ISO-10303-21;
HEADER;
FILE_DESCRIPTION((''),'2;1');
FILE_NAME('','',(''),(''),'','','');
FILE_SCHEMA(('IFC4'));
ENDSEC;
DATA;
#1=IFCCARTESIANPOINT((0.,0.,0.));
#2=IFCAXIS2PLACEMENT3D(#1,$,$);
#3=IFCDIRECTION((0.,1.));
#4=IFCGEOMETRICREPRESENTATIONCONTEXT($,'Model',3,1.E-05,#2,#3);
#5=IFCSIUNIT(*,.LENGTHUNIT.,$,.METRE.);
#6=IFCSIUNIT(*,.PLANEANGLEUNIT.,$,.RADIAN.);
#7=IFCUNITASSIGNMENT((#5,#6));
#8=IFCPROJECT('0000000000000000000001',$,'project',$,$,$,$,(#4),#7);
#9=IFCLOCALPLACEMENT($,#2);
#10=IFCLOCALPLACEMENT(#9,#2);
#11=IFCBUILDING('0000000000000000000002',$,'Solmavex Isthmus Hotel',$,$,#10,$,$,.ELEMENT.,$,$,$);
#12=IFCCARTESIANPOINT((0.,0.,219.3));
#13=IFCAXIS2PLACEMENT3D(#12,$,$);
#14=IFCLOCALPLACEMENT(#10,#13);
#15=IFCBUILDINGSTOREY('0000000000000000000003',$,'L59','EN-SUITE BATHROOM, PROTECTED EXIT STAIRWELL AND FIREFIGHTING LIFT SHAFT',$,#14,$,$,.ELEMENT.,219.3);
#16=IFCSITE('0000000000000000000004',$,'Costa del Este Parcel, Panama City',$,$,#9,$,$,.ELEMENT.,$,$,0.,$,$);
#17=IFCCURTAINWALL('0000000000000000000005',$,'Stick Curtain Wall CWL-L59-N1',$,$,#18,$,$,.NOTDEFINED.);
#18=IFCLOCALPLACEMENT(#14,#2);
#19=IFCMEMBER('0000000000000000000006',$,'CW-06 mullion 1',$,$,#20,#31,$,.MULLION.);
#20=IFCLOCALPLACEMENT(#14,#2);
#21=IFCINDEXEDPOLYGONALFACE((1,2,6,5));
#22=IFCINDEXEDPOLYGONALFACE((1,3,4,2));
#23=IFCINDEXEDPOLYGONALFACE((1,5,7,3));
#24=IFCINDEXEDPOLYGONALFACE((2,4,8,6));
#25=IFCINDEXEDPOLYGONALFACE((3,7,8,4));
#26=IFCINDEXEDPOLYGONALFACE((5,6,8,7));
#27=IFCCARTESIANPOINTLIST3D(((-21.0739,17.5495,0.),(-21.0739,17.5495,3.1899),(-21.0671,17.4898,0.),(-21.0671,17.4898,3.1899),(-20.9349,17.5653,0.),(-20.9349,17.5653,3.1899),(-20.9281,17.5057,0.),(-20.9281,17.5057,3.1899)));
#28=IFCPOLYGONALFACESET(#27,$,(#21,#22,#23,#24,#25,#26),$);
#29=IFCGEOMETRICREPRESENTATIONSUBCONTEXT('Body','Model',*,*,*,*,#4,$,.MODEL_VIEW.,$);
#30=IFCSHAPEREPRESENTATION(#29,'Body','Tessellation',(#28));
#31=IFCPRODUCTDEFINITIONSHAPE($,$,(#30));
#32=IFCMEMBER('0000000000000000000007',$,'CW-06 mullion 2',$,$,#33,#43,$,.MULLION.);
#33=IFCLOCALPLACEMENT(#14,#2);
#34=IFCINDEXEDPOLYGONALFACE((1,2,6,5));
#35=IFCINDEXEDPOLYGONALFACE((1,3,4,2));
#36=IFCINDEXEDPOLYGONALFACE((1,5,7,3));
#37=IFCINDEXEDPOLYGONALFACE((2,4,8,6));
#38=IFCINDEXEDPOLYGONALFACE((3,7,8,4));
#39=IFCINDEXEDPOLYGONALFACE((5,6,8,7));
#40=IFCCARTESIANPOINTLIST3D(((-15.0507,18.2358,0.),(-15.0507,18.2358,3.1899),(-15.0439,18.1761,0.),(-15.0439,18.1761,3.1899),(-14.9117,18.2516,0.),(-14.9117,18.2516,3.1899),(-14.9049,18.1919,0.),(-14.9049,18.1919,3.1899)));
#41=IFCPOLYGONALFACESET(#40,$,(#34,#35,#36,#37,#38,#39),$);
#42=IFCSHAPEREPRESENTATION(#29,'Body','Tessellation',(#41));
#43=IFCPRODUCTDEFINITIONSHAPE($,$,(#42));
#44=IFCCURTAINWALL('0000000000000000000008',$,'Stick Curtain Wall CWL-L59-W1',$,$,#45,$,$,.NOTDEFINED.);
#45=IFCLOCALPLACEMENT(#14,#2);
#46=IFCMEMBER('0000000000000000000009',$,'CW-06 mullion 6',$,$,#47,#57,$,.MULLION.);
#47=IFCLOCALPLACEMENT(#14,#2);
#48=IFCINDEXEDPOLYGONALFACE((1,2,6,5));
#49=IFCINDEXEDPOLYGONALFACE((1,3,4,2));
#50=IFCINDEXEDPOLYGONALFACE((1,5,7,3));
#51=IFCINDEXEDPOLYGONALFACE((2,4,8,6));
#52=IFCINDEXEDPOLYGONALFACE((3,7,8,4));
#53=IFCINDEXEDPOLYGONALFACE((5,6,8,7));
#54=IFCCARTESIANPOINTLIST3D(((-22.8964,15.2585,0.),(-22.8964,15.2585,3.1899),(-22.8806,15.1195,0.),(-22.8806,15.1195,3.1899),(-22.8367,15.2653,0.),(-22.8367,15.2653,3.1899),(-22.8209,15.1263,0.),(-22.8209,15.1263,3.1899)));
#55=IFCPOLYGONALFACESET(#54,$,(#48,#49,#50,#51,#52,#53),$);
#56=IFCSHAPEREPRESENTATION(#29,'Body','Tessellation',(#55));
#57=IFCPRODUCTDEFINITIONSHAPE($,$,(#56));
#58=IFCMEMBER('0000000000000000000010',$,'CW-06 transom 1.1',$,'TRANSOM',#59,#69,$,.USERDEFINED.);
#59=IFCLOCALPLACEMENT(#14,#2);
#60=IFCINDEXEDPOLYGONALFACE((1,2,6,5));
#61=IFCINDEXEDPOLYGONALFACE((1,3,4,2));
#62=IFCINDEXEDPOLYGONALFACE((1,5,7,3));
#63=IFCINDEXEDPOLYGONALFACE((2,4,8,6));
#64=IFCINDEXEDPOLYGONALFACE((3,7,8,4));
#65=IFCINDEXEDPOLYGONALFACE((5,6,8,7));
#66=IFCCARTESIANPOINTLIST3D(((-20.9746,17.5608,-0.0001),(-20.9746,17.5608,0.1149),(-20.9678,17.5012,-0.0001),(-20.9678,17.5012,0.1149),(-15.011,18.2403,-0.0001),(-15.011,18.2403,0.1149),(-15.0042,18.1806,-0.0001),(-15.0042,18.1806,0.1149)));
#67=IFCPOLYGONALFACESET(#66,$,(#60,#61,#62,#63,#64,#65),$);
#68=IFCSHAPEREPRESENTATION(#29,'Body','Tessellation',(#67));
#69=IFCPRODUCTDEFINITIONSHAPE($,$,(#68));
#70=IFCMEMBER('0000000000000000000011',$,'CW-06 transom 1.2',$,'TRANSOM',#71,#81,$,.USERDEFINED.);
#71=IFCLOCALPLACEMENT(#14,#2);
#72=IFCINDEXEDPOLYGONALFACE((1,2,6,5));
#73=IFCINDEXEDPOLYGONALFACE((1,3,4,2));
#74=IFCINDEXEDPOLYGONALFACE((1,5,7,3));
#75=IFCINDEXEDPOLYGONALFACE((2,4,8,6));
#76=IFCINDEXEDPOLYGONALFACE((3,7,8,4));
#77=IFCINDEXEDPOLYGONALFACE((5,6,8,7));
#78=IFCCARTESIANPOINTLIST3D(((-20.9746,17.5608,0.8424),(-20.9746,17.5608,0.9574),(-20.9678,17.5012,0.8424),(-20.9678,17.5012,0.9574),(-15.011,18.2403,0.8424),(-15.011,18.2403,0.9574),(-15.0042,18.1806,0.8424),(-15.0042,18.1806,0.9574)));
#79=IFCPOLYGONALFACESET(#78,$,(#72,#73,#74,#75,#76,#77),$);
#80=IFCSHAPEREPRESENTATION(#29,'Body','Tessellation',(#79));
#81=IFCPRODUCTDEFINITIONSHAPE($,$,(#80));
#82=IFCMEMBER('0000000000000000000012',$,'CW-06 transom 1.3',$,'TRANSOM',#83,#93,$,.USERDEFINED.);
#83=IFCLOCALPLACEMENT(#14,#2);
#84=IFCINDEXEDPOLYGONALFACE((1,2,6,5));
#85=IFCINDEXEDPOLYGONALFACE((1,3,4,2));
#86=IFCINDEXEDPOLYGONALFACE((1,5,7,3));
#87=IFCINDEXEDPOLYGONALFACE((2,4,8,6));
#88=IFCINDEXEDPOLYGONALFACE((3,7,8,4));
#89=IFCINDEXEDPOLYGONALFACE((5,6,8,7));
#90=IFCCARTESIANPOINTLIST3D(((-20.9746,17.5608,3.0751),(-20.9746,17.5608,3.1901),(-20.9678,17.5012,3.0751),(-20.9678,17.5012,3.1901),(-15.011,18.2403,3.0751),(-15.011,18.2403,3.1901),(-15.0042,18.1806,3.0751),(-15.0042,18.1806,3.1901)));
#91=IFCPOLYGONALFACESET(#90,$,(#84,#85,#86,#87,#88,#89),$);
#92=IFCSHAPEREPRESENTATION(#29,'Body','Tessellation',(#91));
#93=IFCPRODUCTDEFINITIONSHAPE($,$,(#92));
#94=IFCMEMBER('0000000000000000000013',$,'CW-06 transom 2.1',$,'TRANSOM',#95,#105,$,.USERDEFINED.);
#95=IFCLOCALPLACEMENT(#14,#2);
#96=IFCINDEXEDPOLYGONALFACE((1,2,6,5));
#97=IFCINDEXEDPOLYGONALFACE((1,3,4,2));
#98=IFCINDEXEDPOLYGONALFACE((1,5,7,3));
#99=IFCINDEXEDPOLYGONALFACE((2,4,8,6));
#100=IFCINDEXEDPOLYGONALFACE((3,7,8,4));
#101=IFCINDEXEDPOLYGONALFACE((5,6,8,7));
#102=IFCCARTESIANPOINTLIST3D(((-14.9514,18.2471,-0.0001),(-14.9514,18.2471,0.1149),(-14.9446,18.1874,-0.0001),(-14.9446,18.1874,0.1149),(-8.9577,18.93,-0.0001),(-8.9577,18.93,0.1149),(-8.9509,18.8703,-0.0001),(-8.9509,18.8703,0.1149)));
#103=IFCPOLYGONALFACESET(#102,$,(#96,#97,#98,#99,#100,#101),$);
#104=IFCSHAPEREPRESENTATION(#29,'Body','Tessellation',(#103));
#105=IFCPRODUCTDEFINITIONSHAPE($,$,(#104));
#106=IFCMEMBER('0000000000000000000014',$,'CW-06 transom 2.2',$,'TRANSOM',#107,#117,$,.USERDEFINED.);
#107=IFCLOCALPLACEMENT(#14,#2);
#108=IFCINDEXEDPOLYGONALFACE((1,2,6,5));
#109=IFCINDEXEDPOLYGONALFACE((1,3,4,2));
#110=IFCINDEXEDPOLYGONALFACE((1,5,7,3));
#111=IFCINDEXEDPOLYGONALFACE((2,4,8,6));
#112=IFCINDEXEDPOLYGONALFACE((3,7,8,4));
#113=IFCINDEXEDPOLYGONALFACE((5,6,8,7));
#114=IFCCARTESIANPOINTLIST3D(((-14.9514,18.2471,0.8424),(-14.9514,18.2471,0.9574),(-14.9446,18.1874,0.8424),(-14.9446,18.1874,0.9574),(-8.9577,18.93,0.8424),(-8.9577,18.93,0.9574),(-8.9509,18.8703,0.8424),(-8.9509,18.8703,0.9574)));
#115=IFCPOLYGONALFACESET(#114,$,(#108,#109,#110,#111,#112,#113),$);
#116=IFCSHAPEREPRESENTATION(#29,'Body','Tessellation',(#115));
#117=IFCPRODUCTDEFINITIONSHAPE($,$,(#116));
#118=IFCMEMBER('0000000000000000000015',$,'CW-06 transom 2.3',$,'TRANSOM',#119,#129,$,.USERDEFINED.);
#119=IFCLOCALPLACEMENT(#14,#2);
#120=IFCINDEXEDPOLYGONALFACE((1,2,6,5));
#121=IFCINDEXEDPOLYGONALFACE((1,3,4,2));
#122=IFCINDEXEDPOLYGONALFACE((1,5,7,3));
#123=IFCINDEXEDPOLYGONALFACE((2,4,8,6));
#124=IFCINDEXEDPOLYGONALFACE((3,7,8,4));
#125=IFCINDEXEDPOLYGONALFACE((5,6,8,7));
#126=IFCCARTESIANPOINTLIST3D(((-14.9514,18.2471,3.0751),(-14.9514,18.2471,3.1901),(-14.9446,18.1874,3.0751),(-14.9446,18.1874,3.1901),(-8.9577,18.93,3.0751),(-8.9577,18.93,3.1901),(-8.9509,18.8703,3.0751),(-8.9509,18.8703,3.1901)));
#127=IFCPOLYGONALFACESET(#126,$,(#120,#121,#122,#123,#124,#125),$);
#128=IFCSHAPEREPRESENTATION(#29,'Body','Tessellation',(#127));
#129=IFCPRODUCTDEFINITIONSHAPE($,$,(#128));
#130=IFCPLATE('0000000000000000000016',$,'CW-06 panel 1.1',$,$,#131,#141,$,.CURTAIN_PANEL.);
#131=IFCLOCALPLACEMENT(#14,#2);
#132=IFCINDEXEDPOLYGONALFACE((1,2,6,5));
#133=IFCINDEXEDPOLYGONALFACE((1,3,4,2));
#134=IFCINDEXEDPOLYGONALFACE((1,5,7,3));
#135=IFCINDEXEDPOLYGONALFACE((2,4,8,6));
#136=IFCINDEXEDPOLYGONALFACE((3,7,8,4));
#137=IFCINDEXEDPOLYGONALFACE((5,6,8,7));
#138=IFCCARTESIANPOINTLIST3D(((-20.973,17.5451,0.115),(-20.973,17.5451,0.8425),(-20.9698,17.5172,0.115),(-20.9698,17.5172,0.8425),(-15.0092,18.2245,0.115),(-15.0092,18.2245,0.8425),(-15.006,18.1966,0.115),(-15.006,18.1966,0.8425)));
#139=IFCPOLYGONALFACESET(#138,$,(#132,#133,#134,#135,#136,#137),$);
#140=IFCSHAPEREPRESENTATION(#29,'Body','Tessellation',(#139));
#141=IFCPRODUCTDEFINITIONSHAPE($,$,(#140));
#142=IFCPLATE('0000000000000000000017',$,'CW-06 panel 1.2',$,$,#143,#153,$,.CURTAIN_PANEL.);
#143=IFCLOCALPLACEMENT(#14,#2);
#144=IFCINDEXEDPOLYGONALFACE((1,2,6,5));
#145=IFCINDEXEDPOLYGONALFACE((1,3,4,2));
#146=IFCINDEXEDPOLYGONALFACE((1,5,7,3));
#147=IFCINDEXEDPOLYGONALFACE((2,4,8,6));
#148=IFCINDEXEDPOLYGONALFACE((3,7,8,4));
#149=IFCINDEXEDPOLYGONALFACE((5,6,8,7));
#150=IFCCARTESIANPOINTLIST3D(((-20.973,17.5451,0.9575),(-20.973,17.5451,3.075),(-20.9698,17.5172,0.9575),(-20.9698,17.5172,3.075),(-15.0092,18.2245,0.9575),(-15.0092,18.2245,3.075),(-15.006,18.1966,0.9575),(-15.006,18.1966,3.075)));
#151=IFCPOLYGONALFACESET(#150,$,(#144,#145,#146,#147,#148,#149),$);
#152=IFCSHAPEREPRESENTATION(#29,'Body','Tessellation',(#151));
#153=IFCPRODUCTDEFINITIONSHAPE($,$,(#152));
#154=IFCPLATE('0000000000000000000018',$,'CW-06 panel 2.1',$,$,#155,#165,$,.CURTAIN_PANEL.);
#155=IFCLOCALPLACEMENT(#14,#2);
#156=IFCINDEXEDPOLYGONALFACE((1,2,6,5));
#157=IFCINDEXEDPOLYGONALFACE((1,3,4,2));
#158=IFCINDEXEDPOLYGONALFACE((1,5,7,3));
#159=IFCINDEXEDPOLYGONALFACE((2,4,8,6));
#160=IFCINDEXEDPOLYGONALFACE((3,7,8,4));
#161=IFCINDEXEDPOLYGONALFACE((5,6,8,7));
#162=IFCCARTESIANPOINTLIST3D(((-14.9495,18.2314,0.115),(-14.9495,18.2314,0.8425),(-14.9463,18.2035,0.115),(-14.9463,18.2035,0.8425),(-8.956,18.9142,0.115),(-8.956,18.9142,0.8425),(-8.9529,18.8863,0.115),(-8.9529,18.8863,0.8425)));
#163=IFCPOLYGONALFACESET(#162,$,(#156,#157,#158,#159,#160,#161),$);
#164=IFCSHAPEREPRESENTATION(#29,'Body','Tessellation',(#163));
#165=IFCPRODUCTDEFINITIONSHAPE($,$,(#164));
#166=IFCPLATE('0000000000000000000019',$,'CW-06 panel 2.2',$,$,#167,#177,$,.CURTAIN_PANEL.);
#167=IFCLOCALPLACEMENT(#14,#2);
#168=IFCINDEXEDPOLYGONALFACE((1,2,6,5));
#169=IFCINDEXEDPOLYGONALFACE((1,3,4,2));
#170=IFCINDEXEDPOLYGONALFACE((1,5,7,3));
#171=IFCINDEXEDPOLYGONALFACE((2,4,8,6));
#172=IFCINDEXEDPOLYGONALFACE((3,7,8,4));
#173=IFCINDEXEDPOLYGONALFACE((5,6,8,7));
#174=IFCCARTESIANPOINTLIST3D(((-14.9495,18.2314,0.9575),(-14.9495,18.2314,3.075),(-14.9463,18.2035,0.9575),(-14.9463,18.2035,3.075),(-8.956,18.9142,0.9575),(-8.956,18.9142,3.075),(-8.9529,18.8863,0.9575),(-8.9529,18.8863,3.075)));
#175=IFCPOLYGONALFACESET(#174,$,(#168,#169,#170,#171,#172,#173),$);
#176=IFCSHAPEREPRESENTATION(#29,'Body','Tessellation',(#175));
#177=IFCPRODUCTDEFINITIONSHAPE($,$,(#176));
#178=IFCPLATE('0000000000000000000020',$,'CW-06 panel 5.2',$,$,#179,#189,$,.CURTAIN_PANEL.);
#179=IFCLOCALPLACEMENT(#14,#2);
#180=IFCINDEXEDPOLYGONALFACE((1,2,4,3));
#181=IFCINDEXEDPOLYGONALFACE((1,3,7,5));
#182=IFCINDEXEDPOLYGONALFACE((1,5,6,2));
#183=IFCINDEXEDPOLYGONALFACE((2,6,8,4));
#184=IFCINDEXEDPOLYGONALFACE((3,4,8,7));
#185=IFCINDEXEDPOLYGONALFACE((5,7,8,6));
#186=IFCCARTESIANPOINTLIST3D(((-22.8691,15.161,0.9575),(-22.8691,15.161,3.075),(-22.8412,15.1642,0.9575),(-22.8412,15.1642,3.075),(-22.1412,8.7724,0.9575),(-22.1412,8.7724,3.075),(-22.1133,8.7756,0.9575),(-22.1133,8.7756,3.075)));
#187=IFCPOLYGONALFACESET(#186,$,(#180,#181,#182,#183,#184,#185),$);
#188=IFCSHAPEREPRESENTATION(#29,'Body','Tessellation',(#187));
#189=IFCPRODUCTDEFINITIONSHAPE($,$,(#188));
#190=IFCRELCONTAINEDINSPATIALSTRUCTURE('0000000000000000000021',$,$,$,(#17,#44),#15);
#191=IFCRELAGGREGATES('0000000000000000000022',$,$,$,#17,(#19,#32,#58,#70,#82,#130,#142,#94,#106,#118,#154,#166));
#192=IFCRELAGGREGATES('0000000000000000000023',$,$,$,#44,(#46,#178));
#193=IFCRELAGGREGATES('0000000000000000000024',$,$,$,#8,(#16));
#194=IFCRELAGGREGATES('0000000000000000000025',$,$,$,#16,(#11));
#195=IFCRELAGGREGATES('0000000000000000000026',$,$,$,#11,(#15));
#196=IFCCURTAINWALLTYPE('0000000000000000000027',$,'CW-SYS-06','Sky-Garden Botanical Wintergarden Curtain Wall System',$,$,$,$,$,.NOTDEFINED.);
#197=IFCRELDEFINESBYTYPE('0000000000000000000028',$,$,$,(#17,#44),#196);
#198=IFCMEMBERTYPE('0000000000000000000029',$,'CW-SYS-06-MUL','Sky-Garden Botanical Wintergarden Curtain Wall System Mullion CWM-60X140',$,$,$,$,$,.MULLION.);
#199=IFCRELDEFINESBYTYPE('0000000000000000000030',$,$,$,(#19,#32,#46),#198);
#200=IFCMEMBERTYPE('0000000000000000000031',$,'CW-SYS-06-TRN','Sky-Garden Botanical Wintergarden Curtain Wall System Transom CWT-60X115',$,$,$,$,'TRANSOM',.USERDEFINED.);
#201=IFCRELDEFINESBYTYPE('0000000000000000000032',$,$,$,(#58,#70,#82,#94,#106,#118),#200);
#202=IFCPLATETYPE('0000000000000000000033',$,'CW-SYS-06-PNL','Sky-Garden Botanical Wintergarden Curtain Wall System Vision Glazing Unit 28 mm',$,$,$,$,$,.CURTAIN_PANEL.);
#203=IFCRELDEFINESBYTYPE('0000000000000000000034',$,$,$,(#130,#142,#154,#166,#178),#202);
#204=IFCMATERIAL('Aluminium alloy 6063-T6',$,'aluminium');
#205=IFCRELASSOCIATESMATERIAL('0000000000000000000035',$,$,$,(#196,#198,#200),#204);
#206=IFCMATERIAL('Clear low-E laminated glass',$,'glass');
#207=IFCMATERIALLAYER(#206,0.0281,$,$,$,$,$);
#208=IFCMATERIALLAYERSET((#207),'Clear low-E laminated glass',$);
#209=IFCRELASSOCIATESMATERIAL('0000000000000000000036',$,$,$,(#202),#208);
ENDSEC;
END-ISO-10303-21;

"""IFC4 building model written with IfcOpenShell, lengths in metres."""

from ifc_helpers import new_model, si_unit, direction, frame, origin, origin_2d, place, context, subcontext, project, spatial, rectangle, extrude, material, layer, layer_set, material_profile, profile_set, type_object, element, aggregate, save


model = new_model("IFC4")

# Units and contexts
model_context = context("Model", 3, precision=1e-05, world=origin(), true_north=direction((0.0, 1.0)))
body_context = subcontext(model_context, "Body", "Model", "MODEL_VIEW")
ifc_project = project(units=[si_unit("LENGTHUNIT", "METRE"), si_unit("PLANEANGLEUNIT", "RADIAN")], contexts=[model_context])

# Site, building, storey
site_placement = place(None, origin())
site = spatial("IfcSite", under=ifc_project, at=site_placement, Name="Costa del Este Parcel, Panama City", CompositionType="ELEMENT", RefElevation=0.0)
building_placement = place(site_placement, origin())
building = spatial("IfcBuilding", under=site, at=building_placement, Name="Solmavex Isthmus Hotel", CompositionType="ELEMENT")
storey_placement = place(building_placement, frame((0.0, 0.0, 219.3)))
storey = spatial("IfcBuildingStorey", under=building, at=storey_placement, Name="L59", Description="EN-SUITE BATHROOM, PROTECTED EXIT STAIRWELL AND FIREFIGHTING LIFT SHAFT", CompositionType="ELEMENT", Elevation=219.3)

# Curtain wall, members
ifc_material_1 = material(Name="Aluminium alloy 6063-T6", Category="aluminium")
curtain_wall_type = type_object("IfcCurtainWallType", Name="CW-SYS-06", Description="Sky-Garden Botanical Wintergarden Curtain Wall System", PredefinedType="NOTDEFINED", material=ifc_material_1)
curtain_wall_1_placement = place(storey_placement, origin())
curtain_wall_1 = element("IfcCurtainWall", 1, at=curtain_wall_1_placement, inside=storey, type_object=curtain_wall_type, Name="Stick Curtain Wall CWL-L59-N1", PredefinedType="NOTDEFINED")
ifc_material_profile_1 = material_profile(ifc_material_1, rectangle(XDim=0.0601, YDim=0.1399, at=origin_2d()), Name="CWM-60X140")
ifc_profile_set_1 = profile_set([ifc_material_profile_1], Name="Aluminium alloy 6063-T6")
member_type_1 = type_object("IfcMemberType", Name="CW-SYS-06-MUL", Description="Sky-Garden Botanical Wintergarden Curtain Wall System Mullion CWM-60X140", PredefinedType="MULLION", material=ifc_profile_set_1)
member_1_placement = place(storey_placement, frame((-21.001, 17.5276, 0.0), z_axis=(0.0, 0.0, 1.0), x_axis=(-0.113203, 0.993572, 0.0)))
member_1 = element("IfcMember", 2, at=member_1_placement, type_object=member_type_1, Name="CW-06 mullion 1", PredefinedType="MULLION", context=body_context, shape_type="SweptSolid", body=[
    extrude(rectangle(XDim=0.0601, YDim=0.1399, at=origin_2d()), origin(), (0.0, 0.0, 1.0), 3.1899),
])
member_2_placement = place(storey_placement, frame((-14.9778, 18.2139, 0.0), z_axis=(0.0, 0.0, 1.0), x_axis=(-0.113203, 0.993572, 0.0)))
member_2 = element("IfcMember", 3, at=member_2_placement, type_object=member_type_1, Name="CW-06 mullion 2", PredefinedType="MULLION", context=body_context, shape_type="SweptSolid", body=[
    extrude(rectangle(XDim=0.0601, YDim=0.1399, at=origin_2d()), origin(), (0.0, 0.0, 1.0), 3.1899),
])

# Curtain wall, member
curtain_wall_2_placement = place(storey_placement, origin())
curtain_wall_2 = element("IfcCurtainWall", 4, at=curtain_wall_2_placement, inside=storey, type_object=curtain_wall_type, Name="Stick Curtain Wall CWL-L59-W1", PredefinedType="NOTDEFINED")
member_3_placement = place(storey_placement, frame((-22.8586, 15.1924, 0.0), z_axis=(0.0, 0.0, 1.0), x_axis=(-0.993572, -0.113203, 0.0)))
member_3 = element("IfcMember", 5, at=member_3_placement, type_object=member_type_1, Name="CW-06 mullion 6", PredefinedType="MULLION", context=body_context, shape_type="SweptSolid", body=[
    extrude(rectangle(XDim=0.0601, YDim=0.1399, at=origin_2d()), origin(), (0.0, 0.0, 1.0), 3.1899),
])

# Members
ifc_material_profile_2 = material_profile(ifc_material_1, rectangle(XDim=0.0601, YDim=0.115, at=origin_2d()), Name="CWT-60X115")
ifc_profile_set_2 = profile_set([ifc_material_profile_2], Name="Aluminium alloy 6063-T6")
member_type_2 = type_object("IfcMemberType", Name="CW-SYS-06-TRN", Description="Sky-Garden Botanical Wintergarden Curtain Wall System Transom CWT-60X115", ElementType="TRANSOM", PredefinedType="USERDEFINED", material=ifc_profile_set_2)
member_4_placement = place(storey_placement, frame((-20.9712, 17.531, 0.0574), z_axis=(0.993572, 0.113199, 0.0), x_axis=(-0.113199, 0.993572, 0.0)))
member_4 = element("IfcMember", 6, at=member_4_placement, type_object=member_type_2, Name="CW-06 transom 1.1", ObjectType="TRANSOM", PredefinedType="USERDEFINED", context=body_context, shape_type="SweptSolid", body=[
    extrude(rectangle(XDim=0.0601, YDim=0.115, at=origin_2d()), origin(), (0.0, 0.0, 1.0), 6.0022),
])
member_5_placement = place(storey_placement, frame((-20.9712, 17.531, 0.8999), z_axis=(0.993572, 0.113199, 0.0), x_axis=(-0.113199, 0.993572, 0.0)))
member_5 = element("IfcMember", 7, at=member_5_placement, type_object=member_type_2, Name="CW-06 transom 1.2", ObjectType="TRANSOM", PredefinedType="USERDEFINED", context=body_context, shape_type="SweptSolid", body=[
    extrude(rectangle(XDim=0.0601, YDim=0.115, at=origin_2d()), origin(), (0.0, 0.0, 1.0), 6.0022),
])
member_6_placement = place(storey_placement, frame((-20.9712, 17.531, 3.1326), z_axis=(0.993572, 0.113199, 0.0), x_axis=(-0.113199, 0.993572, 0.0)))
member_6 = element("IfcMember", 8, at=member_6_placement, type_object=member_type_2, Name="CW-06 transom 1.3", ObjectType="TRANSOM", PredefinedType="USERDEFINED", context=body_context, shape_type="SweptSolid", body=[
    extrude(rectangle(XDim=0.0601, YDim=0.115, at=origin_2d()), origin(), (0.0, 0.0, 1.0), 6.0022),
])
member_7_placement = place(storey_placement, frame((-14.948, 18.2173, 0.0574), z_axis=(0.993572, 0.113198, 0.0), x_axis=(-0.113198, 0.993572, 0.0)))
member_7 = element("IfcMember", 9, at=member_7_placement, type_object=member_type_2, Name="CW-06 transom 2.1", ObjectType="TRANSOM", PredefinedType="USERDEFINED", context=body_context, shape_type="SweptSolid", body=[
    extrude(rectangle(XDim=0.0601, YDim=0.115, at=origin_2d()), origin(), (0.0, 0.0, 1.0), 6.0325),
])
member_8_placement = place(storey_placement, frame((-14.948, 18.2173, 0.8999), z_axis=(0.993572, 0.113198, 0.0), x_axis=(-0.113198, 0.993572, 0.0)))
member_8 = element("IfcMember", 10, at=member_8_placement, type_object=member_type_2, Name="CW-06 transom 2.2", ObjectType="TRANSOM", PredefinedType="USERDEFINED", context=body_context, shape_type="SweptSolid", body=[
    extrude(rectangle(XDim=0.0601, YDim=0.115, at=origin_2d()), origin(), (0.0, 0.0, 1.0), 6.0325),
])
member_9_placement = place(storey_placement, frame((-14.948, 18.2173, 3.1326), z_axis=(0.993572, 0.113198, 0.0), x_axis=(-0.113198, 0.993572, 0.0)))
member_9 = element("IfcMember", 11, at=member_9_placement, type_object=member_type_2, Name="CW-06 transom 2.3", ObjectType="TRANSOM", PredefinedType="USERDEFINED", context=body_context, shape_type="SweptSolid", body=[
    extrude(rectangle(XDim=0.0601, YDim=0.115, at=origin_2d()), origin(), (0.0, 0.0, 1.0), 6.0325),
])

# Plates
ifc_material_2 = material(Name="Clear low-E laminated glass", Category="glass")
ifc_layer_1 = layer(ifc_material_2, 0.0281)
ifc_layer_set_1 = layer_set([ifc_layer_1], Name="Clear low-E laminated glass")
plate_type = type_object("IfcPlateType", Name="CW-SYS-06-PNL", Description="Sky-Garden Botanical Wintergarden Curtain Wall System Vision Glazing Unit 28 mm", PredefinedType="CURTAIN_PANEL", material=ifc_layer_set_1)
plate_1_placement = place(storey_placement, frame((-17.9895, 17.8708, 0.115), z_axis=(0.0, 0.0, 1.0), x_axis=(0.993572, 0.113203, 0.0)))
plate_1 = element("IfcPlate", 12, at=plate_1_placement, type_object=plate_type, Name="CW-06 panel 1.1", PredefinedType="CURTAIN_PANEL", context=body_context, shape_type="SweptSolid", body=[
    extrude(rectangle(XDim=6.0024, YDim=0.0281, at=origin_2d()), origin(), (0.0, 0.0, 1.0), 0.7275),
])
plate_2_placement = place(storey_placement, frame((-17.9895, 17.8708, 0.9575), z_axis=(0.0, 0.0, 1.0), x_axis=(0.993572, 0.113203, 0.0)))
plate_2 = element("IfcPlate", 13, at=plate_2_placement, type_object=plate_type, Name="CW-06 panel 1.2", PredefinedType="CURTAIN_PANEL", context=body_context, shape_type="SweptSolid", body=[
    extrude(rectangle(XDim=6.0024, YDim=0.0281, at=origin_2d()), origin(), (0.0, 0.0, 1.0), 2.1174),
])
plate_3_placement = place(storey_placement, frame((-11.9512, 18.5588, 0.115), z_axis=(0.0, 0.0, 1.0), x_axis=(0.993572, 0.113203, 0.0)))
plate_3 = element("IfcPlate", 14, at=plate_3_placement, type_object=plate_type, Name="CW-06 panel 2.1", PredefinedType="CURTAIN_PANEL", context=body_context, shape_type="SweptSolid", body=[
    extrude(rectangle(XDim=6.0322, YDim=0.0281, at=origin_2d()), origin(), (0.0, 0.0, 1.0), 0.7275),
])
plate_4_placement = place(storey_placement, frame((-11.9512, 18.5588, 0.9575), z_axis=(0.0, 0.0, 1.0), x_axis=(0.993572, 0.113203, 0.0)))
plate_4 = element("IfcPlate", 15, at=plate_4_placement, type_object=plate_type, Name="CW-06 panel 2.2", PredefinedType="CURTAIN_PANEL", context=body_context, shape_type="SweptSolid", body=[
    extrude(rectangle(XDim=6.0322, YDim=0.0281, at=origin_2d()), origin(), (0.0, 0.0, 1.0), 2.1174),
])
aggregate(curtain_wall_1, [member_1, member_2, member_4, member_5, member_6, plate_1, plate_2, member_7, member_8, member_9, plate_3, plate_4])
plate_5_placement = place(storey_placement, frame((-22.4912, 11.9683, 0.9575), z_axis=(0.0, 0.0, 1.0), x_axis=(-0.113203, 0.993572, 0.0)))
plate_5 = element("IfcPlate", 16, at=plate_5_placement, type_object=plate_type, Name="CW-06 panel 5.2", PredefinedType="CURTAIN_PANEL", context=body_context, shape_type="SweptSolid", body=[
    extrude(rectangle(XDim=6.4299, YDim=0.0281, at=origin_2d()), origin(), (0.0, 0.0, 1.0), 2.1174),
])
aggregate(curtain_wall_2, [member_3, plate_5])

save(model, "model.ifc")
